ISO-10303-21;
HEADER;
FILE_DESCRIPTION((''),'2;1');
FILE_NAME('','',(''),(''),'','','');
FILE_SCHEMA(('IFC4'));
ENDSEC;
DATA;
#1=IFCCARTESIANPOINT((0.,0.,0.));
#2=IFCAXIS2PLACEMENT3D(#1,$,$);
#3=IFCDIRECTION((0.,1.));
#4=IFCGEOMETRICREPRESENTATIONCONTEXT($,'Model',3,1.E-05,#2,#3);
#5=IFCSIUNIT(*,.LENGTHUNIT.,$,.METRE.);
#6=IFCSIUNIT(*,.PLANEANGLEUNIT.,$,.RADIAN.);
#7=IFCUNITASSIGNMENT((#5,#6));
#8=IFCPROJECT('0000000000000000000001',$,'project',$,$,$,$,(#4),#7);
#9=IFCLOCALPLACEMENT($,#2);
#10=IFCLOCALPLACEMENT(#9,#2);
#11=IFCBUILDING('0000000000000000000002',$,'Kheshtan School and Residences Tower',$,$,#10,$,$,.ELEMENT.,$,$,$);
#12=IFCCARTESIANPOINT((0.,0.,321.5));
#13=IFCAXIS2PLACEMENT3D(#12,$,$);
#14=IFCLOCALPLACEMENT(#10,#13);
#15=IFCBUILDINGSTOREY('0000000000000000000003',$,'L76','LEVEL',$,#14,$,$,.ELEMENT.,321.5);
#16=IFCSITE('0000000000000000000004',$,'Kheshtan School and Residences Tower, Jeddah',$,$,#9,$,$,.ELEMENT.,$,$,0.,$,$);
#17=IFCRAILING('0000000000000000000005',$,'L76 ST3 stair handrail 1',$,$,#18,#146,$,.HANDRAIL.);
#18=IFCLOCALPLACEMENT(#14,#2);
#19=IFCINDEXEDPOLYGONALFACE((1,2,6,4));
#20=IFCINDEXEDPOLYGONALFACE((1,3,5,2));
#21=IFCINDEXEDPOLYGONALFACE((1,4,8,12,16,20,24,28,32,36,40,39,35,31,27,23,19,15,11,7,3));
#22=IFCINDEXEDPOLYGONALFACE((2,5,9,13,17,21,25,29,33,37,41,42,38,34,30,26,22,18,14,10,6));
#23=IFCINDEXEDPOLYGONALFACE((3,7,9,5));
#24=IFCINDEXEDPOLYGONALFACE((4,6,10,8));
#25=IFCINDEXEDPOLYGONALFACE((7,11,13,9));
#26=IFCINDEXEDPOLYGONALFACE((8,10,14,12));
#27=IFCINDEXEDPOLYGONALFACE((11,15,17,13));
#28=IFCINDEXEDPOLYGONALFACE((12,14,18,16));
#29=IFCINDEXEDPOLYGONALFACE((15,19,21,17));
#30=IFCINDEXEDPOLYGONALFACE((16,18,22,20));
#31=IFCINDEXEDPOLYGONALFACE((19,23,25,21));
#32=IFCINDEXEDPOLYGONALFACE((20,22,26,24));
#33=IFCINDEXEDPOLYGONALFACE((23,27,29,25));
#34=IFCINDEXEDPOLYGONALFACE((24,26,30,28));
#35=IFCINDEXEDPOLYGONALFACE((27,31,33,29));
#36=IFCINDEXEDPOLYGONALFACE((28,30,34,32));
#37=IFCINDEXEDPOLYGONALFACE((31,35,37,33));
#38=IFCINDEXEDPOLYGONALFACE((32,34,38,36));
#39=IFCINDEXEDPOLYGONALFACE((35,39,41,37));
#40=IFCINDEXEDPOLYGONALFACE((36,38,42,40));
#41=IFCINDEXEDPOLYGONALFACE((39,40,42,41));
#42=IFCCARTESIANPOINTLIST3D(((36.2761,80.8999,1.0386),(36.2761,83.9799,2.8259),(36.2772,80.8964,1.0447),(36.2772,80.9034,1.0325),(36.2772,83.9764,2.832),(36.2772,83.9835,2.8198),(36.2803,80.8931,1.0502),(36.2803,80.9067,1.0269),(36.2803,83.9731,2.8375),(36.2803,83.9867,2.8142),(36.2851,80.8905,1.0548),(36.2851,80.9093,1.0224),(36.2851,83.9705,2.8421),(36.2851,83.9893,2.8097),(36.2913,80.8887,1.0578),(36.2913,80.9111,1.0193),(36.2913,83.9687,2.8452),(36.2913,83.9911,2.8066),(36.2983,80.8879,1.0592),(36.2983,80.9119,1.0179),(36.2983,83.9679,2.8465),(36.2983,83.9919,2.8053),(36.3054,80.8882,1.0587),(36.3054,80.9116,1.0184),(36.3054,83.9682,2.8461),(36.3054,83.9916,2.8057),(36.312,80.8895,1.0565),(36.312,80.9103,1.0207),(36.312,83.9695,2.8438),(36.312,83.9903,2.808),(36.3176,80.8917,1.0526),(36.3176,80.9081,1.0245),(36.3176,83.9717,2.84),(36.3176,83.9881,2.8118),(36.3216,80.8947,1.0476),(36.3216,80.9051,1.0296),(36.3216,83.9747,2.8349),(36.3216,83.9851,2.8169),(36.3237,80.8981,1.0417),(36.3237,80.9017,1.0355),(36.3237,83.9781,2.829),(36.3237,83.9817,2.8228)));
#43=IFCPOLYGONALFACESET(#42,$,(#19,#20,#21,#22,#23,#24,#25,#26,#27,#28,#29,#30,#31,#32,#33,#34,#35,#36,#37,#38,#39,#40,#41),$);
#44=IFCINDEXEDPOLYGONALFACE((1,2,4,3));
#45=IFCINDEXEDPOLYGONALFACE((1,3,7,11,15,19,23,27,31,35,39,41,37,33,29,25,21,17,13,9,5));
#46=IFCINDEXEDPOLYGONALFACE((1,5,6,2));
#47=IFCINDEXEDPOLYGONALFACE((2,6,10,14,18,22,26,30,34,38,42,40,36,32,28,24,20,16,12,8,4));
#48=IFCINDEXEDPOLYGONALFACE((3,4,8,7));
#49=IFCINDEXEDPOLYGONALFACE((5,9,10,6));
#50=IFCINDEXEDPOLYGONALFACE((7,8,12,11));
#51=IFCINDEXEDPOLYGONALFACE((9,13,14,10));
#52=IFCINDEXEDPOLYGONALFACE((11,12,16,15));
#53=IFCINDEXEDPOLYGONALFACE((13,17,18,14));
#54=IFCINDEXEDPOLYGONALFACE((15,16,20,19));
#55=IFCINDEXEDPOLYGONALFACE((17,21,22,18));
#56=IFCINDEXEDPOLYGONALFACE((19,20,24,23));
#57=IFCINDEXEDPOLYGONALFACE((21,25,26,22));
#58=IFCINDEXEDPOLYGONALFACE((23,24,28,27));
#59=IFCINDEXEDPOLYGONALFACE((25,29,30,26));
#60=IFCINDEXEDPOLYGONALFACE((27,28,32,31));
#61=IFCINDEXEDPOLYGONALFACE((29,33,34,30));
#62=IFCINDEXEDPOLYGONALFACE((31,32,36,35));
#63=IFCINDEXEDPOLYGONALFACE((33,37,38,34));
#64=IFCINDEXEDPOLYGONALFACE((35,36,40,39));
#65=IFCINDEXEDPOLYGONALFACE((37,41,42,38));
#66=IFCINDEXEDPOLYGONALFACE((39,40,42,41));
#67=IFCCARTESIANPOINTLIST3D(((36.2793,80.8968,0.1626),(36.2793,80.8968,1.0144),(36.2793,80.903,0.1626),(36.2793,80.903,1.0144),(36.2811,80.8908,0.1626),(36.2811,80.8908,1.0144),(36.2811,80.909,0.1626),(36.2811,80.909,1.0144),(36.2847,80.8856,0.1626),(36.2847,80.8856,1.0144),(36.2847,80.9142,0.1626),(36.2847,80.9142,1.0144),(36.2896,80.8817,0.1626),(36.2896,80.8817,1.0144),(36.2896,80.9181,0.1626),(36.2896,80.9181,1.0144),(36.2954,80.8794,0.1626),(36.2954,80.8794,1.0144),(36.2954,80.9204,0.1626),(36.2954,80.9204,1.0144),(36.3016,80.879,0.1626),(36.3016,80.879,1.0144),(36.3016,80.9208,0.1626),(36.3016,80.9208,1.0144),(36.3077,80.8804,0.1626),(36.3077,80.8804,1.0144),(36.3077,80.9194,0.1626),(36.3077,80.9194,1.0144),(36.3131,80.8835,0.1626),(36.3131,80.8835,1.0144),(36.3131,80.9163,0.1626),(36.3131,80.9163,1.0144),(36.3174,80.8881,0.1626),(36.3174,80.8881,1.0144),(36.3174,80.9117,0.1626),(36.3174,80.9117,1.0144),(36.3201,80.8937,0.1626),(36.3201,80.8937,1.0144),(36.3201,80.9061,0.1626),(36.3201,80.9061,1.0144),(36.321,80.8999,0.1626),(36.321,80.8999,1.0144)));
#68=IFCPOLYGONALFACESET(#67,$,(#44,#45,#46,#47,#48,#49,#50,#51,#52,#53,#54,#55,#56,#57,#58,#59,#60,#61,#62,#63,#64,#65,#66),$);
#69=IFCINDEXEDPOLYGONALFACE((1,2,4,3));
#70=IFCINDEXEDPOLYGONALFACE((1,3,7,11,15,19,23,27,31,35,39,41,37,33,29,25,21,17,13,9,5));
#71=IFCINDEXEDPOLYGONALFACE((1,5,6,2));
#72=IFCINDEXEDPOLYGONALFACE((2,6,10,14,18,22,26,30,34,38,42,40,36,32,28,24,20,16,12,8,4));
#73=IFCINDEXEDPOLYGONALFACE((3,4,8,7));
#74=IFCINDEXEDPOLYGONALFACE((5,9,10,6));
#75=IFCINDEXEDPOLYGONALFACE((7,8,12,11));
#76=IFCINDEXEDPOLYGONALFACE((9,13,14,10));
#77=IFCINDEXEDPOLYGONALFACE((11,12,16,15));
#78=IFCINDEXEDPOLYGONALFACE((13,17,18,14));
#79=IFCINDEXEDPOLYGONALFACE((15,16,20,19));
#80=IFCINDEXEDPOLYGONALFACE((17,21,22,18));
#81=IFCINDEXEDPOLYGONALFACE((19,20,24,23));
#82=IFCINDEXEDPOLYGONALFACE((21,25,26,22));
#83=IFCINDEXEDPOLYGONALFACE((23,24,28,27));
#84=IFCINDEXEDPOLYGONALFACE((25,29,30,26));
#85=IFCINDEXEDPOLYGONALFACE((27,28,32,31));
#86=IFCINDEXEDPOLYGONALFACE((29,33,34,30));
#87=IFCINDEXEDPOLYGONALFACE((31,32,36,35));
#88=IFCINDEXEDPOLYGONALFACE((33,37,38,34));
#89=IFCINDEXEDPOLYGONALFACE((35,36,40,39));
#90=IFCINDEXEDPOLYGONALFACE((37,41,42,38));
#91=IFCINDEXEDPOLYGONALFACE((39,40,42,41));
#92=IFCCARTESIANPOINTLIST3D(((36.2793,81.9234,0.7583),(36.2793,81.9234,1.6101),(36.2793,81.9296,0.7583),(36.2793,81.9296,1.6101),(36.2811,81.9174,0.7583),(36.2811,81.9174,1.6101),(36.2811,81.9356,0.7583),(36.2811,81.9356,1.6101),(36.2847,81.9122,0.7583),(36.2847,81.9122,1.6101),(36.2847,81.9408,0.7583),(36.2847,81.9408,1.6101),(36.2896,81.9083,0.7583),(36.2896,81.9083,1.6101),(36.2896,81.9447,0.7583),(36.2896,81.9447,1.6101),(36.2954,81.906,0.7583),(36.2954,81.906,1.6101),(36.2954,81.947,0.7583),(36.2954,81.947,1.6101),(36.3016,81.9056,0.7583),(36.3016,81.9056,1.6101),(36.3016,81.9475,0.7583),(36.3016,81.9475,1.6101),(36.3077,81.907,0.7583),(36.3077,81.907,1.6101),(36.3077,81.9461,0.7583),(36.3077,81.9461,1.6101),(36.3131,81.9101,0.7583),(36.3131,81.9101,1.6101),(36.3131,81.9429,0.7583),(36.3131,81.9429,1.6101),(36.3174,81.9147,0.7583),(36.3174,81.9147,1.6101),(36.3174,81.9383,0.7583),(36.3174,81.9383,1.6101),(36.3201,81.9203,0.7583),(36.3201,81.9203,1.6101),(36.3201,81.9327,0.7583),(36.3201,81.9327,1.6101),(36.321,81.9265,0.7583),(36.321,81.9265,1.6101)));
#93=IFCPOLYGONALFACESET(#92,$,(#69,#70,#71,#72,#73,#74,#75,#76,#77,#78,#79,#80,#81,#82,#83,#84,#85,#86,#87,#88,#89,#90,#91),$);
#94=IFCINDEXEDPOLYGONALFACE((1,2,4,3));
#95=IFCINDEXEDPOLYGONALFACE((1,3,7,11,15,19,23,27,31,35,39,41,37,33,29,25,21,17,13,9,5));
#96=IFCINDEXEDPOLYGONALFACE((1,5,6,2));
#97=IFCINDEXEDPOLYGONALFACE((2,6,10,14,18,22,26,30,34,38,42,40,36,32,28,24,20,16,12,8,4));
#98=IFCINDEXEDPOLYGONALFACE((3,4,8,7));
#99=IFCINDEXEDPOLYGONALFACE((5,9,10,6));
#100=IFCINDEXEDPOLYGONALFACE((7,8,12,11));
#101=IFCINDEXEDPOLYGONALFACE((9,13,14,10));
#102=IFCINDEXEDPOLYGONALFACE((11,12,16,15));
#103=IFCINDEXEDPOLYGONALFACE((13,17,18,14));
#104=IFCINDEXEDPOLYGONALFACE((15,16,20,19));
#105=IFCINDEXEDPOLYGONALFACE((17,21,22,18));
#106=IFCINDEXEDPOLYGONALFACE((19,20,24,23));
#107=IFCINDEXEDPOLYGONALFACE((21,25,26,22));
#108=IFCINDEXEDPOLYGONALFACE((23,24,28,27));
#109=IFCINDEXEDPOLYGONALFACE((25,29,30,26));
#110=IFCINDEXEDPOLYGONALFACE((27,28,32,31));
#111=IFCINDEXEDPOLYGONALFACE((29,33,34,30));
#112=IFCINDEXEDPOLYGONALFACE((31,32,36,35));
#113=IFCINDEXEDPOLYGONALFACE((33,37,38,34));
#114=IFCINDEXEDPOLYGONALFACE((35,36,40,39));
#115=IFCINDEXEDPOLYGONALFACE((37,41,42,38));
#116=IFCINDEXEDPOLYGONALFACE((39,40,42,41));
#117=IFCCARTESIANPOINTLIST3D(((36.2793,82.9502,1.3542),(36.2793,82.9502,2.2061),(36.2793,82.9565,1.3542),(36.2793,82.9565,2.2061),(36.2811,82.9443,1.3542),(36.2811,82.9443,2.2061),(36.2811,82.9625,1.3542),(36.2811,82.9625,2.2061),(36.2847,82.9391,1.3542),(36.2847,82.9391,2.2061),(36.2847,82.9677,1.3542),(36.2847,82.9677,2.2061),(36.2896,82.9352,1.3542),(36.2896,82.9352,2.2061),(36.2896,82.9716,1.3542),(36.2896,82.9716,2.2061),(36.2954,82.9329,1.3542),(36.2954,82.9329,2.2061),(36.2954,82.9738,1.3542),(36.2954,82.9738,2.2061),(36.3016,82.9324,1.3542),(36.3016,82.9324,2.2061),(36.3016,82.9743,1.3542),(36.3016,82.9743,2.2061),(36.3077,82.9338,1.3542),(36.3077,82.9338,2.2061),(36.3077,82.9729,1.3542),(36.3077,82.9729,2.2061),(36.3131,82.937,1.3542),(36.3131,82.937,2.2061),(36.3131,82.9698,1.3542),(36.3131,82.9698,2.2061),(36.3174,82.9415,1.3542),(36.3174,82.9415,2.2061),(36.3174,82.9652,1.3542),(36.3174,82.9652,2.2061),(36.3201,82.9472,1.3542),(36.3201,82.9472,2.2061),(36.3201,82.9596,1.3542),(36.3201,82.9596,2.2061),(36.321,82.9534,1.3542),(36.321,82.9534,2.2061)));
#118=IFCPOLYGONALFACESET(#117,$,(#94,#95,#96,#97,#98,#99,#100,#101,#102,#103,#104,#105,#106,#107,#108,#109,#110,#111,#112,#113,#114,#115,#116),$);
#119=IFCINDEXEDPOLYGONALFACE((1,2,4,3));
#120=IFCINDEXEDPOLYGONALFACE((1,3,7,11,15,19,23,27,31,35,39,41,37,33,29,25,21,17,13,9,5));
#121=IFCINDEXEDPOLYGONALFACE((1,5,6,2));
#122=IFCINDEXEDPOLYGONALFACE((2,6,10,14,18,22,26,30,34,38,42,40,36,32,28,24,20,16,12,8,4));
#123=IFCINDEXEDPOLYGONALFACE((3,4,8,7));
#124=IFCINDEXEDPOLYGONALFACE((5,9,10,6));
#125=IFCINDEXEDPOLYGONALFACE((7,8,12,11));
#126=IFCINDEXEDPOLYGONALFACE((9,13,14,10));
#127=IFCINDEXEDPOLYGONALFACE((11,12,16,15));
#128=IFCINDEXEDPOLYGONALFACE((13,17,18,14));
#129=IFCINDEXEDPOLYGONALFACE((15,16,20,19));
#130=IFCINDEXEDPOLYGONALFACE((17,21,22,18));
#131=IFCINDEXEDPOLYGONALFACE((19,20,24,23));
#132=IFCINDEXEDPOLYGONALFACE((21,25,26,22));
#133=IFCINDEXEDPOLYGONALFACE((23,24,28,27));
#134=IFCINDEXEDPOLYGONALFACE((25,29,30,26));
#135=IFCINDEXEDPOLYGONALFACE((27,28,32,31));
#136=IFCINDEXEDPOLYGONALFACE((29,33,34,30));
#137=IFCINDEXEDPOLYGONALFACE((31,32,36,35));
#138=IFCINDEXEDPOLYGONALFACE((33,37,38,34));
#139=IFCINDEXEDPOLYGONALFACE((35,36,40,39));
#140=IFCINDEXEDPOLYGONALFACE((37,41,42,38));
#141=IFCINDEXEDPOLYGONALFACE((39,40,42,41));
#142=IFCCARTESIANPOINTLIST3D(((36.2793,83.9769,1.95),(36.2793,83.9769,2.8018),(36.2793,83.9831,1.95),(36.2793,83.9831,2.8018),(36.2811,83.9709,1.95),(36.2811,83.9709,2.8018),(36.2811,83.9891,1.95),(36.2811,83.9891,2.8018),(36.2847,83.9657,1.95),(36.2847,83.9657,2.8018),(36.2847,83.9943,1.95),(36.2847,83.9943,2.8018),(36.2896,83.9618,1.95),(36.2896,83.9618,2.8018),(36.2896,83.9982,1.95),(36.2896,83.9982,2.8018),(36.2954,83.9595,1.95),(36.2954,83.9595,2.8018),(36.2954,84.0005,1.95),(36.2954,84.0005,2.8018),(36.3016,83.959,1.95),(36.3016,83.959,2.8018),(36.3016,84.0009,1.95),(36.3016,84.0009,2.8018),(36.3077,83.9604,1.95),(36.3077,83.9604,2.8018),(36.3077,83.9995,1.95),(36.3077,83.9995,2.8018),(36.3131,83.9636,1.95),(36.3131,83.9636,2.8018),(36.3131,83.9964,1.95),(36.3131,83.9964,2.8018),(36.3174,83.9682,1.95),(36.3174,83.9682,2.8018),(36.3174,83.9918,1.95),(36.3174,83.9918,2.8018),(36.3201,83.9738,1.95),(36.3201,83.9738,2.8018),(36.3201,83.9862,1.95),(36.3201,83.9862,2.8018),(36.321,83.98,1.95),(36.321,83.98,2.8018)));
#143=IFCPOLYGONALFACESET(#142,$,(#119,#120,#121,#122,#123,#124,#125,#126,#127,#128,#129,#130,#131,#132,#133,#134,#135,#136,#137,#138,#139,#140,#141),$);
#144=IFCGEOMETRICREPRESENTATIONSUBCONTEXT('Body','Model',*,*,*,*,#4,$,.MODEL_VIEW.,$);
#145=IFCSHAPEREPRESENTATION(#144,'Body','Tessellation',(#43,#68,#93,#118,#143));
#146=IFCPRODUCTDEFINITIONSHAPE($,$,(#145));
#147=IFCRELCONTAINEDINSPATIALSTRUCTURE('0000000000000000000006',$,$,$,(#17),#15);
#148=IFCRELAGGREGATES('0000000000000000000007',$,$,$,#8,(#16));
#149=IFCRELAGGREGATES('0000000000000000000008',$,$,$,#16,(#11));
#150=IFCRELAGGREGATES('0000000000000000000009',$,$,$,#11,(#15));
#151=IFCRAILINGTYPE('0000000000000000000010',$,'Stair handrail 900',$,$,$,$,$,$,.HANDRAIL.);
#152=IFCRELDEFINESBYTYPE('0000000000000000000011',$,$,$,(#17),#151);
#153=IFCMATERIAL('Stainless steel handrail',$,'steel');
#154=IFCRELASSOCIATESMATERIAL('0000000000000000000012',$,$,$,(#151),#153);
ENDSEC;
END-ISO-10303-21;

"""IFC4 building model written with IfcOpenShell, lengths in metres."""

from ifc_helpers import new_model, si_unit, direction, frame, origin, origin_2d, place, context, subcontext, project, spatial, circle, extrude, material, type_object, element, save


model = new_model("IFC4")

# Units and contexts
model_context = context("Model", 3, precision=1e-05, world=origin(), true_north=direction((0.0, 1.0)))
body_context = subcontext(model_context, "Body", "Model", "MODEL_VIEW")
ifc_project = project(units=[si_unit("LENGTHUNIT", "METRE"), si_unit("PLANEANGLEUNIT", "RADIAN")], contexts=[model_context])

# Site, building, storey
site_placement = place(None, origin())
site = spatial("IfcSite", under=ifc_project, at=site_placement, Name="Kheshtan School and Residences Tower, Jeddah", CompositionType="ELEMENT", RefElevation=0.0)
building_placement = place(site_placement, origin())
building = spatial("IfcBuilding", under=site, at=building_placement, Name="Kheshtan School and Residences Tower", CompositionType="ELEMENT")
storey_placement = place(building_placement, frame((0.0, 0.0, 321.5)))
storey = spatial("IfcBuildingStorey", under=building, at=storey_placement, Name="L76", Description="LEVEL", CompositionType="ELEMENT", Elevation=321.5)

# Railing
ifc_material_1 = material(Name="Stainless steel handrail", Category="steel")
railing_type_1 = type_object("IfcRailingType", Name="Stair handrail 900", PredefinedType="HANDRAIL", material=ifc_material_1)
railing_1_placement = place(storey_placement, frame((36.3, 80.8999, 0.1626)))
element("IfcRailing", 1, at=railing_1_placement, inside=storey, type_object=railing_type_1, Name="L76 ST3 stair handrail 1", PredefinedType="HANDRAIL", context=body_context, shape_type="SweptSolid", body=[
    extrude(circle(Radius=0.0239, at=origin_2d()), frame((0.0, 0.0, 0.876), z_axis=(0.0, 0.86492, 0.501909), x_axis=(-1.0, 0.0, 0.0)), (0.0, 0.0, 1.0), 3.561),
    extrude(circle(Radius=0.021, at=origin_2d()), origin(), (0.0, 0.0, 1.0), 0.8518),
    extrude(circle(Radius=0.021, at=origin_2d()), frame((0.0, 1.0266, 0.5957)), (0.0, 0.0, 1.0), 0.8518),
    extrude(circle(Radius=0.021, at=origin_2d()), frame((0.0, 2.0535, 1.1917)), (0.0, 0.0, 1.0), 0.8518),
    extrude(circle(Radius=0.021, at=origin_2d()), frame((0.0, 3.0801, 1.7874)), (0.0, 0.0, 1.0), 0.8518),
])

save(model, "model.ifc")
